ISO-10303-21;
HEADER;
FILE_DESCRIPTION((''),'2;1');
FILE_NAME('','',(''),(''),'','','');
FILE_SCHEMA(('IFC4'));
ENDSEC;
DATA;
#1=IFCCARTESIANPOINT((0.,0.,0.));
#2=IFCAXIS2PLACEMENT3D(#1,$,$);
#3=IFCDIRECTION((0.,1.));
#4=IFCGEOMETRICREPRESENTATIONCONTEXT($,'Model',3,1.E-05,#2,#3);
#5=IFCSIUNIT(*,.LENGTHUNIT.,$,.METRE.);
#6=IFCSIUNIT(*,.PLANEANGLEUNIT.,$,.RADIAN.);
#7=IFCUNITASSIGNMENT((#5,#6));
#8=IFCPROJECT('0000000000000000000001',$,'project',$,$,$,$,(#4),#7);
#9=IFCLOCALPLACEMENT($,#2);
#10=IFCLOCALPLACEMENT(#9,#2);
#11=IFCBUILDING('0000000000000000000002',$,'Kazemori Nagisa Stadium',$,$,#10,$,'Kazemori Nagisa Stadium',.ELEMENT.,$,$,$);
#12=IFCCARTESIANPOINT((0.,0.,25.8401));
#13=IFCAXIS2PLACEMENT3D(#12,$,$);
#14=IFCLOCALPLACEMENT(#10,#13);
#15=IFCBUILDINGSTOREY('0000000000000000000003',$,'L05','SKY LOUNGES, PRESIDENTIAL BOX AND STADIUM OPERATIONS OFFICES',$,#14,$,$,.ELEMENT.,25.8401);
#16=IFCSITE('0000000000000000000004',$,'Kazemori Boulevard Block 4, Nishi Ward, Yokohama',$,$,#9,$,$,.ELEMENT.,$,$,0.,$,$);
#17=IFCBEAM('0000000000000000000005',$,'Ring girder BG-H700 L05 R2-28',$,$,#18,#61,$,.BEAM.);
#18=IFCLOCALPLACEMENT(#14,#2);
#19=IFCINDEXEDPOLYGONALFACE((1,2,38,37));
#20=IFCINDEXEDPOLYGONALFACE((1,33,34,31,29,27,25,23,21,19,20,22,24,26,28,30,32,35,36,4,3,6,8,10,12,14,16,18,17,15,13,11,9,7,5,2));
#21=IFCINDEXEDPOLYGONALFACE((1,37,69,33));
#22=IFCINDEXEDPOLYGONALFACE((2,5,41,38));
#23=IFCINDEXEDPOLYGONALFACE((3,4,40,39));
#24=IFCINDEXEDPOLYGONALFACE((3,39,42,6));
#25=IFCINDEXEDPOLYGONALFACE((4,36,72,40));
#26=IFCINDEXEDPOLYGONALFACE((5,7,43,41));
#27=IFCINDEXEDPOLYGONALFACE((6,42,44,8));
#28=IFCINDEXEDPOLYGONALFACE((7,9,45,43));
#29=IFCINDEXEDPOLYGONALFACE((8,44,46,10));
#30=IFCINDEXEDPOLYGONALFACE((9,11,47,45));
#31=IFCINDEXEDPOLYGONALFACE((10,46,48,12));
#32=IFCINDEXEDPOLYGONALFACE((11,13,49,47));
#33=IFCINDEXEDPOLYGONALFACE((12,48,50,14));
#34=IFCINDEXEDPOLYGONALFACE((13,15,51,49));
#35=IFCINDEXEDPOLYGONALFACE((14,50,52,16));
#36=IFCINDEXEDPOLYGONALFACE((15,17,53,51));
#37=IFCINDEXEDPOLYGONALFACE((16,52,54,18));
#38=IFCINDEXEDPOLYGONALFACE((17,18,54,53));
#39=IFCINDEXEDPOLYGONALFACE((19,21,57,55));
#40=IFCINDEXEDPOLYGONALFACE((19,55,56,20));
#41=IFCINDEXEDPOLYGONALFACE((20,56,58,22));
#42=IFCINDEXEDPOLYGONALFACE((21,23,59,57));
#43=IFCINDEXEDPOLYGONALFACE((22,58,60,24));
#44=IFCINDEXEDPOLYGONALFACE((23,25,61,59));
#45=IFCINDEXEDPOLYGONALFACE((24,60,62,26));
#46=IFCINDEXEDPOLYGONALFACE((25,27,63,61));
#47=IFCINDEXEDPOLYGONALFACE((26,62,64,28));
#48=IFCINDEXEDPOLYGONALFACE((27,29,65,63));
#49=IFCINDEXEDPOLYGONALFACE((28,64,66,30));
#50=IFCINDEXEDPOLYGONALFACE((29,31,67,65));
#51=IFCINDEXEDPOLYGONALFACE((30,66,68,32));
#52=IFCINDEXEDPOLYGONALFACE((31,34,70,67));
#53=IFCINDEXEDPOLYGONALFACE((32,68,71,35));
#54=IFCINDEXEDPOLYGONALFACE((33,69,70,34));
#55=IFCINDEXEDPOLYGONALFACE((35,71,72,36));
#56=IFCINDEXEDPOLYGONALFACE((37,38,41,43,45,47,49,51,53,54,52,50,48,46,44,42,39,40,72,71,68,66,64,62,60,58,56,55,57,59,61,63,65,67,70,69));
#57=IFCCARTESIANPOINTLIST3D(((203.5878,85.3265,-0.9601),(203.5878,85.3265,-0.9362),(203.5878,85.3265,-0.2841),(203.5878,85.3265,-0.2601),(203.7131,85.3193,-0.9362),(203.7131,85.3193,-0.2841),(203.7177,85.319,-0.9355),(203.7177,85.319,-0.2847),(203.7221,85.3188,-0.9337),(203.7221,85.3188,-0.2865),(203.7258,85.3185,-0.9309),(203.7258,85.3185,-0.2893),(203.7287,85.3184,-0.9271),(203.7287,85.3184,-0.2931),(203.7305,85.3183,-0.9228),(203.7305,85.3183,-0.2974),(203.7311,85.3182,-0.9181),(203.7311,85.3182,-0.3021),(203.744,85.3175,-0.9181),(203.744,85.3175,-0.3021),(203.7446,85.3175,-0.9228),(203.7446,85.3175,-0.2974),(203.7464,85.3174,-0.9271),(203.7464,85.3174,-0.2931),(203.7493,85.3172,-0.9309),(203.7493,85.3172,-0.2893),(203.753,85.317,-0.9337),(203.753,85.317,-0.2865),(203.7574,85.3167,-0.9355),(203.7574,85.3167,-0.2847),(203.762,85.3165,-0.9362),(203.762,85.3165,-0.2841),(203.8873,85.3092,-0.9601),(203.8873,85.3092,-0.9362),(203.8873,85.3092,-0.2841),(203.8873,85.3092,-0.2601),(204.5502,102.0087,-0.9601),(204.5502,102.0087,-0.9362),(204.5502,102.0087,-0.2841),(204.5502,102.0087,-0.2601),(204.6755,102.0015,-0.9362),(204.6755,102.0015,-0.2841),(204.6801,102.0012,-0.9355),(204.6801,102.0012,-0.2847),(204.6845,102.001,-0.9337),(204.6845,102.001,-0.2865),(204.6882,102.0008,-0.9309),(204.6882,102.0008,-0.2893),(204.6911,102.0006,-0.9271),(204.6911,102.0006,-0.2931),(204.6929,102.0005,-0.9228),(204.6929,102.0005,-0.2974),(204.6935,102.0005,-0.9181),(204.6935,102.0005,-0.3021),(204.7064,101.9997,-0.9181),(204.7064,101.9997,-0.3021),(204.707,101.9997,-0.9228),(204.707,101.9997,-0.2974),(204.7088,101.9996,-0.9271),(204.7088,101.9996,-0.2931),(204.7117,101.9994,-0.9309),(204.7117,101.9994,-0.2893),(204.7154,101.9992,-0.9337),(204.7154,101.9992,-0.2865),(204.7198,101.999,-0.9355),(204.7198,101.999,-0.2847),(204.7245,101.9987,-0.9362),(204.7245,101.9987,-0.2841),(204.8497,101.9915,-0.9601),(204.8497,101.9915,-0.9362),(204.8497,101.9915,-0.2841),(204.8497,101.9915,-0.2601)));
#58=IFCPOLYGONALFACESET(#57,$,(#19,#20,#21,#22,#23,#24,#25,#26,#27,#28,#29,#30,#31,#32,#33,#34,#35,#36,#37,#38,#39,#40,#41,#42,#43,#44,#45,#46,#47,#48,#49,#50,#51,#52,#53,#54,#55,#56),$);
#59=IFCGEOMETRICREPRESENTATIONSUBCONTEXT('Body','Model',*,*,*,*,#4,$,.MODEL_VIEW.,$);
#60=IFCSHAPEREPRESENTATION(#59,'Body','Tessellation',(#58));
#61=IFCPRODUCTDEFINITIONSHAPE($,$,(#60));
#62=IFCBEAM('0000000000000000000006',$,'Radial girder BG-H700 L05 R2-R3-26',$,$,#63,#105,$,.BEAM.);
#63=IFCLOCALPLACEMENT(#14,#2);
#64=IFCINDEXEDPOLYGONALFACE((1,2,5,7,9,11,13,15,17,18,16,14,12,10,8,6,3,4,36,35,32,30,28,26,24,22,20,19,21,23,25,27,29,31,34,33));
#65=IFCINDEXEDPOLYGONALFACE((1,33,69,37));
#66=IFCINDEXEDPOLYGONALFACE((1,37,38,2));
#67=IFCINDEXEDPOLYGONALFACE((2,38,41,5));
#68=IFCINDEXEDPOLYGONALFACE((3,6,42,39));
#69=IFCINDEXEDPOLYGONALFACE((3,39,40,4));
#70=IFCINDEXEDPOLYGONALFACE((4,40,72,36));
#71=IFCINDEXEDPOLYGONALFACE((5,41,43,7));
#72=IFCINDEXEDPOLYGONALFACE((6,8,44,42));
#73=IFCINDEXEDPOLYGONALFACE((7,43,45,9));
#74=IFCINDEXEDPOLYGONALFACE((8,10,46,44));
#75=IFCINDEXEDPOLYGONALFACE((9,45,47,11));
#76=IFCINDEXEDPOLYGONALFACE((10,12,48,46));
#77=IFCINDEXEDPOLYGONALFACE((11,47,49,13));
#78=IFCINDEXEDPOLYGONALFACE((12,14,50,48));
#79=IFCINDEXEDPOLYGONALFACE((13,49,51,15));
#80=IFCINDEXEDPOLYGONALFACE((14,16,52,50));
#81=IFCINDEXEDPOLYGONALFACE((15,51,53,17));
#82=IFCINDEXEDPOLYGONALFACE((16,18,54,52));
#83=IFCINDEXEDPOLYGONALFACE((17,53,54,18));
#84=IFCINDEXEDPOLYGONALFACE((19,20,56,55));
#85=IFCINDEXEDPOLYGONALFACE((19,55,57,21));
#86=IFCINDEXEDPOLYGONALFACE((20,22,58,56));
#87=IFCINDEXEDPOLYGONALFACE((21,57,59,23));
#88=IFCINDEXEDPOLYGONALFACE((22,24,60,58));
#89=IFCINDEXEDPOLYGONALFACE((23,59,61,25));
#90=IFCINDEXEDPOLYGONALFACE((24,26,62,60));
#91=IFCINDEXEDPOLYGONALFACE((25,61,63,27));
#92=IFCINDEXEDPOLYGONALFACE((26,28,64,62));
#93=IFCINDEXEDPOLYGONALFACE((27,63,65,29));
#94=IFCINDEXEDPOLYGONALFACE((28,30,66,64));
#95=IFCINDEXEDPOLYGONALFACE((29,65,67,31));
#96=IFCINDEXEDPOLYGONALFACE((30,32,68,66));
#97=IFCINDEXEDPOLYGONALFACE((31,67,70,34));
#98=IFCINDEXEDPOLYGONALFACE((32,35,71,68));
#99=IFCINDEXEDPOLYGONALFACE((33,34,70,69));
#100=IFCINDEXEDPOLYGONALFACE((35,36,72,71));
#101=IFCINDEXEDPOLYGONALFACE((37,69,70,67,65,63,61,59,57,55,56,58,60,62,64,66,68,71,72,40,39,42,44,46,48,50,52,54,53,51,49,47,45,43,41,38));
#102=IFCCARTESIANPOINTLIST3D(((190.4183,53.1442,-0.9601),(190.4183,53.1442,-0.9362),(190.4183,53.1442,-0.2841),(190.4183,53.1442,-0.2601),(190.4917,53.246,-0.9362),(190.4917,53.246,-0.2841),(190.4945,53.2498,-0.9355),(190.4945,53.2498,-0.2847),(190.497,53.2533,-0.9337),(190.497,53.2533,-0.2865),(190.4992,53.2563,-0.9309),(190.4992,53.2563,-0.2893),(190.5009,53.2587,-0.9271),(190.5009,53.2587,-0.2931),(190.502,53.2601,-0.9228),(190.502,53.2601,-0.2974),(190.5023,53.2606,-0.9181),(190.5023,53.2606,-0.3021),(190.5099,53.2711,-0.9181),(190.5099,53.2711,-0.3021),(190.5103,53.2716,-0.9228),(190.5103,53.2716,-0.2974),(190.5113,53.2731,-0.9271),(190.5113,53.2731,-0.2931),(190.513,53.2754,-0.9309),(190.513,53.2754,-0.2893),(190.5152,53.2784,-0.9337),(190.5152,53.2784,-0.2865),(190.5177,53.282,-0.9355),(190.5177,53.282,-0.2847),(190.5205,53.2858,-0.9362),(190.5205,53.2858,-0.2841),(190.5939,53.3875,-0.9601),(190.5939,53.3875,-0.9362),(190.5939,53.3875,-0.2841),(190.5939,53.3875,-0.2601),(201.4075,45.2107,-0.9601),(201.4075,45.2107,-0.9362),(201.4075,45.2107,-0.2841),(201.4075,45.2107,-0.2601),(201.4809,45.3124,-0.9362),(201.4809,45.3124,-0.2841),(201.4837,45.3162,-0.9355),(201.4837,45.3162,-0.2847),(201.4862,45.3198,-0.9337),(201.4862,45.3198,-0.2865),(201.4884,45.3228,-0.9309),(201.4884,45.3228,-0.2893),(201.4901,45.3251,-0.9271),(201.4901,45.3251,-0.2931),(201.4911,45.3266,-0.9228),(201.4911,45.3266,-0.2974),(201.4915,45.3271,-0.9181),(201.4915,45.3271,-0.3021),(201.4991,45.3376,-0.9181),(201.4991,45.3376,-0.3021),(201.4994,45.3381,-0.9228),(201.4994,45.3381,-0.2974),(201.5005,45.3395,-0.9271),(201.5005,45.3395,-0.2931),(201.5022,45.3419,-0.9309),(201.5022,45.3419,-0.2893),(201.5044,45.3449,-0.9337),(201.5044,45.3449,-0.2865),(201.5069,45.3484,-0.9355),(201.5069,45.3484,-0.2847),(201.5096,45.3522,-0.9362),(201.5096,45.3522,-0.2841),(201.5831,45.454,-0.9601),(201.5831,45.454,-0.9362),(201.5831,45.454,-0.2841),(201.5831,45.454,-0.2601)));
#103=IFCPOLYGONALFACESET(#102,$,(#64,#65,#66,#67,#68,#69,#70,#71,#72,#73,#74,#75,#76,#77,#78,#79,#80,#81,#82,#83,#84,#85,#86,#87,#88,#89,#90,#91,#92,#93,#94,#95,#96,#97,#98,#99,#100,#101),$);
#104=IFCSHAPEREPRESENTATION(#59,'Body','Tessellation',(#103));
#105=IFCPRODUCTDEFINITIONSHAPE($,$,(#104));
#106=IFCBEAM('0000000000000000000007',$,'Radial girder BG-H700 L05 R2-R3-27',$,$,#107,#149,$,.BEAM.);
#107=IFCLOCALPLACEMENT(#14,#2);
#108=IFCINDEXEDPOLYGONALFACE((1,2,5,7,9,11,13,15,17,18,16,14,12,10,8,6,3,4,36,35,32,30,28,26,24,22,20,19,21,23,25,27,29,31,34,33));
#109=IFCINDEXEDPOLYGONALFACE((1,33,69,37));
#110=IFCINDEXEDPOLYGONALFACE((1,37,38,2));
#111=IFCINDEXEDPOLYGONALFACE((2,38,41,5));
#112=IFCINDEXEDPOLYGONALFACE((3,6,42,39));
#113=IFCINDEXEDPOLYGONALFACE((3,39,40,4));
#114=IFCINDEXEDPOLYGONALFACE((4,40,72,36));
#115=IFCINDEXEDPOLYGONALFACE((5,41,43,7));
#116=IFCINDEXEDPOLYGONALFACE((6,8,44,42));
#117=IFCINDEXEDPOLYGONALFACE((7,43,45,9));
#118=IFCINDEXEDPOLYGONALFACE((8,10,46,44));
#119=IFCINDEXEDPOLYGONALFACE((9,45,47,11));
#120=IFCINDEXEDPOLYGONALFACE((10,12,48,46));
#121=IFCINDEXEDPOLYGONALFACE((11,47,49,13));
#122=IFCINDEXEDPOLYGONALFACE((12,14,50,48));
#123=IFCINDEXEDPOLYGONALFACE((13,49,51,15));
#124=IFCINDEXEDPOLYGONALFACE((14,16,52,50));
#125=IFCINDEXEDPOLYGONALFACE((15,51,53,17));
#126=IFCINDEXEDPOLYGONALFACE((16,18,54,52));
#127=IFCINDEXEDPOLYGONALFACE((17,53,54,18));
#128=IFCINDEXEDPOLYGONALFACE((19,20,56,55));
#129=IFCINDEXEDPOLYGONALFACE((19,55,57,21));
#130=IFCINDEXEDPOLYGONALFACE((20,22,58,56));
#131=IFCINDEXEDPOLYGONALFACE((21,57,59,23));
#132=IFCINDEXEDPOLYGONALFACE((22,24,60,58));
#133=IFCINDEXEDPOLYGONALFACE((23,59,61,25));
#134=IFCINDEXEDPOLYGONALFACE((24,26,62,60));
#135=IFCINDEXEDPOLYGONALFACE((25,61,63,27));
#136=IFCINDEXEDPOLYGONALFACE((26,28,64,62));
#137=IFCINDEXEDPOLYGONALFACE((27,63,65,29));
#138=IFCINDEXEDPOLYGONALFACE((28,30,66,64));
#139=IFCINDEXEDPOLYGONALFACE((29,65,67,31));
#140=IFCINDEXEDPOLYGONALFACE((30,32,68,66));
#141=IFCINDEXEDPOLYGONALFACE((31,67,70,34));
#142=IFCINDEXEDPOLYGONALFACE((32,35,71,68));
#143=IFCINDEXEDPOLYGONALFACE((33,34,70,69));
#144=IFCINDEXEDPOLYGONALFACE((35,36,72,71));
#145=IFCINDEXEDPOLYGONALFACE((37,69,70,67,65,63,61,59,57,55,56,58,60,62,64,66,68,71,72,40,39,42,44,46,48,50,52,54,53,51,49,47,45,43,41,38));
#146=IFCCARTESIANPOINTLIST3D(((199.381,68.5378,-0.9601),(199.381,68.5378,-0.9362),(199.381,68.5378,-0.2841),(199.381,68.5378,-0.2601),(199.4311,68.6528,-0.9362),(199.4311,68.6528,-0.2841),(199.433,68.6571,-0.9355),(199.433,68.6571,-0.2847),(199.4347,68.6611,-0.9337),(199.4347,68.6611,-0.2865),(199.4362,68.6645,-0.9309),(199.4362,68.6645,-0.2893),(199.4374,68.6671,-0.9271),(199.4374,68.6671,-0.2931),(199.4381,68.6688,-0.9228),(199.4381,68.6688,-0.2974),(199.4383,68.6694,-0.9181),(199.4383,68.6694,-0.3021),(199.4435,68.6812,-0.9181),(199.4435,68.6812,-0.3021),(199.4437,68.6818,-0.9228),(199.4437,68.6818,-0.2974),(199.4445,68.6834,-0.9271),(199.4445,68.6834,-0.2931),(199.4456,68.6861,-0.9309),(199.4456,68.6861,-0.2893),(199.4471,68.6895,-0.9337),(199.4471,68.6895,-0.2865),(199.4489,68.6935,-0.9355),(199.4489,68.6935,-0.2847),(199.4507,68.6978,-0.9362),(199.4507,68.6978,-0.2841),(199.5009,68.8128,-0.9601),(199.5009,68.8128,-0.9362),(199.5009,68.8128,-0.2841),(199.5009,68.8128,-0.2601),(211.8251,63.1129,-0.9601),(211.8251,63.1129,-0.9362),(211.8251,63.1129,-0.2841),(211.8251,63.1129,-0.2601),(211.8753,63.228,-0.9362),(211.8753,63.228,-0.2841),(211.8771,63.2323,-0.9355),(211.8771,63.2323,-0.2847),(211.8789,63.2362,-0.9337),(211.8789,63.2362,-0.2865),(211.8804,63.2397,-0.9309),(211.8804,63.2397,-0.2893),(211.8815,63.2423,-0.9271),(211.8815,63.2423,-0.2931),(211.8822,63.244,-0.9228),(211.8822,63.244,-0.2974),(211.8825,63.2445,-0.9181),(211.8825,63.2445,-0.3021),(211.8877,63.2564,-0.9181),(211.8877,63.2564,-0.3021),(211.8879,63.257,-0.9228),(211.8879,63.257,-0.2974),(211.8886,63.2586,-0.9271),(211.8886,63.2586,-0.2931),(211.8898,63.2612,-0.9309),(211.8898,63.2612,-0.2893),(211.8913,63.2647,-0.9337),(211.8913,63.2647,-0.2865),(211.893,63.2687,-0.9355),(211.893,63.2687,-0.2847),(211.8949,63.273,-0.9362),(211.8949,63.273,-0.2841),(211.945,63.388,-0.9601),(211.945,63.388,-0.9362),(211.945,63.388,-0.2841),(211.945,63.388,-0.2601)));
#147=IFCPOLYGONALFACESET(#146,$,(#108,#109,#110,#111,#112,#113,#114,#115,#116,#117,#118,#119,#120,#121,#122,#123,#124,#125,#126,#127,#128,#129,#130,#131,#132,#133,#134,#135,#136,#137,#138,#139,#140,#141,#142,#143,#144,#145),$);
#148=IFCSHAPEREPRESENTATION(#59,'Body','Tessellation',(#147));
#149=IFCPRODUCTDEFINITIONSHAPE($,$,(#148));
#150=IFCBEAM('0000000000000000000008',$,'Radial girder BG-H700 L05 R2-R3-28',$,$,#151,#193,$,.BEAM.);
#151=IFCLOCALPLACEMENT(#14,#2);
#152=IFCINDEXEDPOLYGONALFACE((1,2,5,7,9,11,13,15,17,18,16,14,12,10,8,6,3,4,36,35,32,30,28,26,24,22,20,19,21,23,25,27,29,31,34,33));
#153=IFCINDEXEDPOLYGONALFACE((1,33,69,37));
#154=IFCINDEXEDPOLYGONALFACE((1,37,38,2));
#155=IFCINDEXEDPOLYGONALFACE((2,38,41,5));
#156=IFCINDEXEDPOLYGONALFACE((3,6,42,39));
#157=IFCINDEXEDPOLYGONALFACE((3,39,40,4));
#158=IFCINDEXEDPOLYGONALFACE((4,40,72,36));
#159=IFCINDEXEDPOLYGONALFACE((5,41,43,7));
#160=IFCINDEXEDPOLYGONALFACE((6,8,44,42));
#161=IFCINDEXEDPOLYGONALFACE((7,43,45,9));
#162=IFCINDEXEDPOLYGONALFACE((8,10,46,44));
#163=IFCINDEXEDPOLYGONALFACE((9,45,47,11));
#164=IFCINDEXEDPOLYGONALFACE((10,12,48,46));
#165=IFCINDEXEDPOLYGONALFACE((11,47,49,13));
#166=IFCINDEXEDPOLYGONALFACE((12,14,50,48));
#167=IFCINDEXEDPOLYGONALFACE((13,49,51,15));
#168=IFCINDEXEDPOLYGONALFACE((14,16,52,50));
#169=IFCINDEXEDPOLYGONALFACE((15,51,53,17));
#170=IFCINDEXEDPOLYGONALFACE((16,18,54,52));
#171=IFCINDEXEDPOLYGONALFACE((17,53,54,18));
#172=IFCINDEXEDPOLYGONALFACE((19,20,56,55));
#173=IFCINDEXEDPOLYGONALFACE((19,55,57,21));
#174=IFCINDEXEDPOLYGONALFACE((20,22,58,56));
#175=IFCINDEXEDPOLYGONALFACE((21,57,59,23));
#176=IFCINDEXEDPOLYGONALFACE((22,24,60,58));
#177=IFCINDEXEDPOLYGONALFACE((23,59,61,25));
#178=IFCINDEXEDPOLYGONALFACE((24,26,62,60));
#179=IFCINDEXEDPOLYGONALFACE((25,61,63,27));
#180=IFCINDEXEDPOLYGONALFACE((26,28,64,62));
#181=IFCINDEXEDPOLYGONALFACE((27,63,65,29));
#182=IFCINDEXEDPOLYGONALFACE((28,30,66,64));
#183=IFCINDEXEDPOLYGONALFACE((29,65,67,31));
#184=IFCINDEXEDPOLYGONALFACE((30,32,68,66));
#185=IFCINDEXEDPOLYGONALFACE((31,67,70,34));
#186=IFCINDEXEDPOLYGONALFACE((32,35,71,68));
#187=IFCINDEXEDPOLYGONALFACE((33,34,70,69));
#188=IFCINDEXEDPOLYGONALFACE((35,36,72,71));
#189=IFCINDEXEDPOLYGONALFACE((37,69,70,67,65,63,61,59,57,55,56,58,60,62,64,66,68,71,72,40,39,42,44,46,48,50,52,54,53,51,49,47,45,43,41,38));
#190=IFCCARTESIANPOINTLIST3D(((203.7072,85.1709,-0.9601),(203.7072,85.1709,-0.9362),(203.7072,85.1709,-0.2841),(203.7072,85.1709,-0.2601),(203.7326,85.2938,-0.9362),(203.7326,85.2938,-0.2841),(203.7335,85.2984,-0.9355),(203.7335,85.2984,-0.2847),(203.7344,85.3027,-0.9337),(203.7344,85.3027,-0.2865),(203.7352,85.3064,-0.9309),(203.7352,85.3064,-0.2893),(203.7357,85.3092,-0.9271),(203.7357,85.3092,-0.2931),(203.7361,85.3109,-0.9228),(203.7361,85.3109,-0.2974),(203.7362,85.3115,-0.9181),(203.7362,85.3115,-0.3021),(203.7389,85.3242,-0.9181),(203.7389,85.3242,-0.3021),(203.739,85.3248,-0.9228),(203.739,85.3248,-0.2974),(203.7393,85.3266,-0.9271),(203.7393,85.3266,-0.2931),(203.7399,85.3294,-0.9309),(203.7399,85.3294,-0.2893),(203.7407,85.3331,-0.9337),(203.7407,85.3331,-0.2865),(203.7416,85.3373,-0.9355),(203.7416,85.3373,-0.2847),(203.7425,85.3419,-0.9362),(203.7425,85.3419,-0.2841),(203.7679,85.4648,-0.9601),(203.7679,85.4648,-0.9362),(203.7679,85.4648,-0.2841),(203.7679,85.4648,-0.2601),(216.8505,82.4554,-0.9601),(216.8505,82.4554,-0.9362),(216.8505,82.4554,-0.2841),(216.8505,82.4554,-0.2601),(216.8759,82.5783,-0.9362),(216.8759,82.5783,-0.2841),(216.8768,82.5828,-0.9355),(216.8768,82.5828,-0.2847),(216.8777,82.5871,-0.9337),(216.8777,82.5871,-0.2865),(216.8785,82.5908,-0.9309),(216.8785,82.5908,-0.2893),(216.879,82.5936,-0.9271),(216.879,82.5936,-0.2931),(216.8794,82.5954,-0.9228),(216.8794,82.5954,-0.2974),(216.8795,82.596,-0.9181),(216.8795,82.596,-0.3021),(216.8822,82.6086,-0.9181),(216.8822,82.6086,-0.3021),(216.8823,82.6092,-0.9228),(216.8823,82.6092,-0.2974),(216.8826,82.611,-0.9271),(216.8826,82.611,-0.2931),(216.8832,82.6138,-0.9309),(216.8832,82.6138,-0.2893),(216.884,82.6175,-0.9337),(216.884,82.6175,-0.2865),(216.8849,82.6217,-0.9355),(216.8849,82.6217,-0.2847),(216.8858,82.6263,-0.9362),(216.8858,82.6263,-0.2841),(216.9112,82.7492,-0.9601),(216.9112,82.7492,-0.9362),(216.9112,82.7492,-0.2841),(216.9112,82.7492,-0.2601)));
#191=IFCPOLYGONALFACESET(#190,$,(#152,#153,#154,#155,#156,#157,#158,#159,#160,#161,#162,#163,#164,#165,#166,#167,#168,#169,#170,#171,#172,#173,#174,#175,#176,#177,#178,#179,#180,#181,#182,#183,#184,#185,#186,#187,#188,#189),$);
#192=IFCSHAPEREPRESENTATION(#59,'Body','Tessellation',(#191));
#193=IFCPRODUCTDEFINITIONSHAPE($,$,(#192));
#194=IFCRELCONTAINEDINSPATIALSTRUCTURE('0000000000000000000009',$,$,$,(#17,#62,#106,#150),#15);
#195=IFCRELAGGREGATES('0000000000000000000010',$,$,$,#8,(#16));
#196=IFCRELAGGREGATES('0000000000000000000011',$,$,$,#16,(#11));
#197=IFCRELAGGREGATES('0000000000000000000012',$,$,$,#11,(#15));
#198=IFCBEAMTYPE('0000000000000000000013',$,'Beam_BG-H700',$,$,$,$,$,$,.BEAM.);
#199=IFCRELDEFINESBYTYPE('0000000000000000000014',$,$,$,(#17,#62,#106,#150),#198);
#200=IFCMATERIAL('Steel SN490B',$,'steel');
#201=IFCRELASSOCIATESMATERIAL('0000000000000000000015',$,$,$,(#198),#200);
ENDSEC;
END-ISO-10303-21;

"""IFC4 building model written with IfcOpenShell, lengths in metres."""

from ifc_helpers import new_model, si_unit, direction, frame, origin, origin_2d, place, context, subcontext, project, spatial, i_section, extrude, material, material_profile, profile_set, type_object, element, save


model = new_model("IFC4")

# Units and contexts
model_context = context("Model", 3, precision=1e-05, world=origin(), true_north=direction((0.0, 1.0)))
body_context = subcontext(model_context, "Body", "Model", "MODEL_VIEW")
ifc_project = project(units=[si_unit("LENGTHUNIT", "METRE"), si_unit("PLANEANGLEUNIT", "RADIAN")], contexts=[model_context])

# Site, building, storey
site_placement = place(None, origin())
site = spatial("IfcSite", under=ifc_project, at=site_placement, Name="Kazemori Boulevard Block 4, Nishi Ward, Yokohama", CompositionType="ELEMENT", RefElevation=0.0)
building_placement = place(site_placement, origin())
building = spatial("IfcBuilding", under=site, at=building_placement, Name="Kazemori Nagisa Stadium", LongName="Kazemori Nagisa Stadium", CompositionType="ELEMENT")
storey_placement = place(building_placement, frame((0.0, 0.0, 25.8401)))
storey = spatial("IfcBuildingStorey", under=building, at=storey_placement, Name="L05", Description="SKY LOUNGES, PRESIDENTIAL BOX AND STADIUM OPERATIONS OFFICES", CompositionType="ELEMENT", Elevation=25.8401)

# Beams
ifc_material_1 = material(Name="Steel SN490B", Category="steel")
ifc_material_profile_1 = material_profile(ifc_material_1, i_section(OverallWidth=0.3, OverallDepth=0.7, WebThickness=0.0129, FlangeThickness=0.0239, FilletRadius=0.0181, at=origin_2d()), Name="H-700x300x13x24")
ifc_profile_set_1 = profile_set([ifc_material_profile_1], Name="Steel SN490B")
beam_type_1 = type_object("IfcBeamType", Name="Beam_BG-H700", PredefinedType="BEAM", material=ifc_profile_set_1)
beam_1_placement = place(storey_placement, frame((203.7375, 85.3179, -0.6101), z_axis=(0.057595, 0.99834, 0.0), x_axis=(-0.99834, 0.057595, 0.0)))
element("IfcBeam", 1, at=beam_1_placement, inside=storey, type_object=beam_type_1, Name="Ring girder BG-H700 L05 R2-28", PredefinedType="BEAM", context=body_context, shape_type="SweptSolid", body=[
    extrude(i_section(OverallWidth=0.3, OverallDepth=0.7, WebThickness=0.0129, FlangeThickness=0.0239, FilletRadius=0.0181, at=origin_2d()), origin(), (0.0, 0.0, 1.0), 16.71),
])
beam_2_placement = place(storey_placement, frame((190.5061, 53.2659, -0.6101), z_axis=(0.810788, -0.585341, 0.0), x_axis=(0.585341, 0.810788, 0.0)))
element("IfcBeam", 2, at=beam_2_placement, inside=storey, type_object=beam_type_1, Name="Radial girder BG-H700 L05 R2-R3-26", PredefinedType="BEAM", context=body_context, shape_type="SweptSolid", body=[
    extrude(i_section(OverallWidth=0.3, OverallDepth=0.7, WebThickness=0.0129, FlangeThickness=0.0239, FilletRadius=0.0181, at=origin_2d()), origin(), (0.0, 0.0, 1.0), 13.5537),
])
beam_3_placement = place(storey_placement, frame((199.4409, 68.6753, -0.6101), z_axis=(0.916684, -0.399614, 0.0), x_axis=(0.399614, 0.916684, 0.0)))
element("IfcBeam", 3, at=beam_3_placement, inside=storey, type_object=beam_type_1, Name="Radial girder BG-H700 L05 R2-R3-27", PredefinedType="BEAM", context=body_context, shape_type="SweptSolid", body=[
    extrude(i_section(OverallWidth=0.3, OverallDepth=0.7, WebThickness=0.0129, FlangeThickness=0.0239, FilletRadius=0.0181, at=origin_2d()), origin(), (0.0, 0.0, 1.0), 13.5752),
])
beam_4_placement = place(storey_placement, frame((203.7375, 85.3179, -0.6101), z_axis=(0.979316, -0.202339, 0.0), x_axis=(0.202339, 0.979316, 0.0)))
element("IfcBeam", 4, at=beam_4_placement, inside=storey, type_object=beam_type_1, Name="Radial girder BG-H700 L05 R2-R3-28", PredefinedType="BEAM", context=body_context, shape_type="SweptSolid", body=[
    extrude(i_section(OverallWidth=0.3, OverallDepth=0.7, WebThickness=0.0129, FlangeThickness=0.0239, FilletRadius=0.0181, at=origin_2d()), origin(), (0.0, 0.0, 1.0), 13.4209),
])

save(model, "model.ifc")
